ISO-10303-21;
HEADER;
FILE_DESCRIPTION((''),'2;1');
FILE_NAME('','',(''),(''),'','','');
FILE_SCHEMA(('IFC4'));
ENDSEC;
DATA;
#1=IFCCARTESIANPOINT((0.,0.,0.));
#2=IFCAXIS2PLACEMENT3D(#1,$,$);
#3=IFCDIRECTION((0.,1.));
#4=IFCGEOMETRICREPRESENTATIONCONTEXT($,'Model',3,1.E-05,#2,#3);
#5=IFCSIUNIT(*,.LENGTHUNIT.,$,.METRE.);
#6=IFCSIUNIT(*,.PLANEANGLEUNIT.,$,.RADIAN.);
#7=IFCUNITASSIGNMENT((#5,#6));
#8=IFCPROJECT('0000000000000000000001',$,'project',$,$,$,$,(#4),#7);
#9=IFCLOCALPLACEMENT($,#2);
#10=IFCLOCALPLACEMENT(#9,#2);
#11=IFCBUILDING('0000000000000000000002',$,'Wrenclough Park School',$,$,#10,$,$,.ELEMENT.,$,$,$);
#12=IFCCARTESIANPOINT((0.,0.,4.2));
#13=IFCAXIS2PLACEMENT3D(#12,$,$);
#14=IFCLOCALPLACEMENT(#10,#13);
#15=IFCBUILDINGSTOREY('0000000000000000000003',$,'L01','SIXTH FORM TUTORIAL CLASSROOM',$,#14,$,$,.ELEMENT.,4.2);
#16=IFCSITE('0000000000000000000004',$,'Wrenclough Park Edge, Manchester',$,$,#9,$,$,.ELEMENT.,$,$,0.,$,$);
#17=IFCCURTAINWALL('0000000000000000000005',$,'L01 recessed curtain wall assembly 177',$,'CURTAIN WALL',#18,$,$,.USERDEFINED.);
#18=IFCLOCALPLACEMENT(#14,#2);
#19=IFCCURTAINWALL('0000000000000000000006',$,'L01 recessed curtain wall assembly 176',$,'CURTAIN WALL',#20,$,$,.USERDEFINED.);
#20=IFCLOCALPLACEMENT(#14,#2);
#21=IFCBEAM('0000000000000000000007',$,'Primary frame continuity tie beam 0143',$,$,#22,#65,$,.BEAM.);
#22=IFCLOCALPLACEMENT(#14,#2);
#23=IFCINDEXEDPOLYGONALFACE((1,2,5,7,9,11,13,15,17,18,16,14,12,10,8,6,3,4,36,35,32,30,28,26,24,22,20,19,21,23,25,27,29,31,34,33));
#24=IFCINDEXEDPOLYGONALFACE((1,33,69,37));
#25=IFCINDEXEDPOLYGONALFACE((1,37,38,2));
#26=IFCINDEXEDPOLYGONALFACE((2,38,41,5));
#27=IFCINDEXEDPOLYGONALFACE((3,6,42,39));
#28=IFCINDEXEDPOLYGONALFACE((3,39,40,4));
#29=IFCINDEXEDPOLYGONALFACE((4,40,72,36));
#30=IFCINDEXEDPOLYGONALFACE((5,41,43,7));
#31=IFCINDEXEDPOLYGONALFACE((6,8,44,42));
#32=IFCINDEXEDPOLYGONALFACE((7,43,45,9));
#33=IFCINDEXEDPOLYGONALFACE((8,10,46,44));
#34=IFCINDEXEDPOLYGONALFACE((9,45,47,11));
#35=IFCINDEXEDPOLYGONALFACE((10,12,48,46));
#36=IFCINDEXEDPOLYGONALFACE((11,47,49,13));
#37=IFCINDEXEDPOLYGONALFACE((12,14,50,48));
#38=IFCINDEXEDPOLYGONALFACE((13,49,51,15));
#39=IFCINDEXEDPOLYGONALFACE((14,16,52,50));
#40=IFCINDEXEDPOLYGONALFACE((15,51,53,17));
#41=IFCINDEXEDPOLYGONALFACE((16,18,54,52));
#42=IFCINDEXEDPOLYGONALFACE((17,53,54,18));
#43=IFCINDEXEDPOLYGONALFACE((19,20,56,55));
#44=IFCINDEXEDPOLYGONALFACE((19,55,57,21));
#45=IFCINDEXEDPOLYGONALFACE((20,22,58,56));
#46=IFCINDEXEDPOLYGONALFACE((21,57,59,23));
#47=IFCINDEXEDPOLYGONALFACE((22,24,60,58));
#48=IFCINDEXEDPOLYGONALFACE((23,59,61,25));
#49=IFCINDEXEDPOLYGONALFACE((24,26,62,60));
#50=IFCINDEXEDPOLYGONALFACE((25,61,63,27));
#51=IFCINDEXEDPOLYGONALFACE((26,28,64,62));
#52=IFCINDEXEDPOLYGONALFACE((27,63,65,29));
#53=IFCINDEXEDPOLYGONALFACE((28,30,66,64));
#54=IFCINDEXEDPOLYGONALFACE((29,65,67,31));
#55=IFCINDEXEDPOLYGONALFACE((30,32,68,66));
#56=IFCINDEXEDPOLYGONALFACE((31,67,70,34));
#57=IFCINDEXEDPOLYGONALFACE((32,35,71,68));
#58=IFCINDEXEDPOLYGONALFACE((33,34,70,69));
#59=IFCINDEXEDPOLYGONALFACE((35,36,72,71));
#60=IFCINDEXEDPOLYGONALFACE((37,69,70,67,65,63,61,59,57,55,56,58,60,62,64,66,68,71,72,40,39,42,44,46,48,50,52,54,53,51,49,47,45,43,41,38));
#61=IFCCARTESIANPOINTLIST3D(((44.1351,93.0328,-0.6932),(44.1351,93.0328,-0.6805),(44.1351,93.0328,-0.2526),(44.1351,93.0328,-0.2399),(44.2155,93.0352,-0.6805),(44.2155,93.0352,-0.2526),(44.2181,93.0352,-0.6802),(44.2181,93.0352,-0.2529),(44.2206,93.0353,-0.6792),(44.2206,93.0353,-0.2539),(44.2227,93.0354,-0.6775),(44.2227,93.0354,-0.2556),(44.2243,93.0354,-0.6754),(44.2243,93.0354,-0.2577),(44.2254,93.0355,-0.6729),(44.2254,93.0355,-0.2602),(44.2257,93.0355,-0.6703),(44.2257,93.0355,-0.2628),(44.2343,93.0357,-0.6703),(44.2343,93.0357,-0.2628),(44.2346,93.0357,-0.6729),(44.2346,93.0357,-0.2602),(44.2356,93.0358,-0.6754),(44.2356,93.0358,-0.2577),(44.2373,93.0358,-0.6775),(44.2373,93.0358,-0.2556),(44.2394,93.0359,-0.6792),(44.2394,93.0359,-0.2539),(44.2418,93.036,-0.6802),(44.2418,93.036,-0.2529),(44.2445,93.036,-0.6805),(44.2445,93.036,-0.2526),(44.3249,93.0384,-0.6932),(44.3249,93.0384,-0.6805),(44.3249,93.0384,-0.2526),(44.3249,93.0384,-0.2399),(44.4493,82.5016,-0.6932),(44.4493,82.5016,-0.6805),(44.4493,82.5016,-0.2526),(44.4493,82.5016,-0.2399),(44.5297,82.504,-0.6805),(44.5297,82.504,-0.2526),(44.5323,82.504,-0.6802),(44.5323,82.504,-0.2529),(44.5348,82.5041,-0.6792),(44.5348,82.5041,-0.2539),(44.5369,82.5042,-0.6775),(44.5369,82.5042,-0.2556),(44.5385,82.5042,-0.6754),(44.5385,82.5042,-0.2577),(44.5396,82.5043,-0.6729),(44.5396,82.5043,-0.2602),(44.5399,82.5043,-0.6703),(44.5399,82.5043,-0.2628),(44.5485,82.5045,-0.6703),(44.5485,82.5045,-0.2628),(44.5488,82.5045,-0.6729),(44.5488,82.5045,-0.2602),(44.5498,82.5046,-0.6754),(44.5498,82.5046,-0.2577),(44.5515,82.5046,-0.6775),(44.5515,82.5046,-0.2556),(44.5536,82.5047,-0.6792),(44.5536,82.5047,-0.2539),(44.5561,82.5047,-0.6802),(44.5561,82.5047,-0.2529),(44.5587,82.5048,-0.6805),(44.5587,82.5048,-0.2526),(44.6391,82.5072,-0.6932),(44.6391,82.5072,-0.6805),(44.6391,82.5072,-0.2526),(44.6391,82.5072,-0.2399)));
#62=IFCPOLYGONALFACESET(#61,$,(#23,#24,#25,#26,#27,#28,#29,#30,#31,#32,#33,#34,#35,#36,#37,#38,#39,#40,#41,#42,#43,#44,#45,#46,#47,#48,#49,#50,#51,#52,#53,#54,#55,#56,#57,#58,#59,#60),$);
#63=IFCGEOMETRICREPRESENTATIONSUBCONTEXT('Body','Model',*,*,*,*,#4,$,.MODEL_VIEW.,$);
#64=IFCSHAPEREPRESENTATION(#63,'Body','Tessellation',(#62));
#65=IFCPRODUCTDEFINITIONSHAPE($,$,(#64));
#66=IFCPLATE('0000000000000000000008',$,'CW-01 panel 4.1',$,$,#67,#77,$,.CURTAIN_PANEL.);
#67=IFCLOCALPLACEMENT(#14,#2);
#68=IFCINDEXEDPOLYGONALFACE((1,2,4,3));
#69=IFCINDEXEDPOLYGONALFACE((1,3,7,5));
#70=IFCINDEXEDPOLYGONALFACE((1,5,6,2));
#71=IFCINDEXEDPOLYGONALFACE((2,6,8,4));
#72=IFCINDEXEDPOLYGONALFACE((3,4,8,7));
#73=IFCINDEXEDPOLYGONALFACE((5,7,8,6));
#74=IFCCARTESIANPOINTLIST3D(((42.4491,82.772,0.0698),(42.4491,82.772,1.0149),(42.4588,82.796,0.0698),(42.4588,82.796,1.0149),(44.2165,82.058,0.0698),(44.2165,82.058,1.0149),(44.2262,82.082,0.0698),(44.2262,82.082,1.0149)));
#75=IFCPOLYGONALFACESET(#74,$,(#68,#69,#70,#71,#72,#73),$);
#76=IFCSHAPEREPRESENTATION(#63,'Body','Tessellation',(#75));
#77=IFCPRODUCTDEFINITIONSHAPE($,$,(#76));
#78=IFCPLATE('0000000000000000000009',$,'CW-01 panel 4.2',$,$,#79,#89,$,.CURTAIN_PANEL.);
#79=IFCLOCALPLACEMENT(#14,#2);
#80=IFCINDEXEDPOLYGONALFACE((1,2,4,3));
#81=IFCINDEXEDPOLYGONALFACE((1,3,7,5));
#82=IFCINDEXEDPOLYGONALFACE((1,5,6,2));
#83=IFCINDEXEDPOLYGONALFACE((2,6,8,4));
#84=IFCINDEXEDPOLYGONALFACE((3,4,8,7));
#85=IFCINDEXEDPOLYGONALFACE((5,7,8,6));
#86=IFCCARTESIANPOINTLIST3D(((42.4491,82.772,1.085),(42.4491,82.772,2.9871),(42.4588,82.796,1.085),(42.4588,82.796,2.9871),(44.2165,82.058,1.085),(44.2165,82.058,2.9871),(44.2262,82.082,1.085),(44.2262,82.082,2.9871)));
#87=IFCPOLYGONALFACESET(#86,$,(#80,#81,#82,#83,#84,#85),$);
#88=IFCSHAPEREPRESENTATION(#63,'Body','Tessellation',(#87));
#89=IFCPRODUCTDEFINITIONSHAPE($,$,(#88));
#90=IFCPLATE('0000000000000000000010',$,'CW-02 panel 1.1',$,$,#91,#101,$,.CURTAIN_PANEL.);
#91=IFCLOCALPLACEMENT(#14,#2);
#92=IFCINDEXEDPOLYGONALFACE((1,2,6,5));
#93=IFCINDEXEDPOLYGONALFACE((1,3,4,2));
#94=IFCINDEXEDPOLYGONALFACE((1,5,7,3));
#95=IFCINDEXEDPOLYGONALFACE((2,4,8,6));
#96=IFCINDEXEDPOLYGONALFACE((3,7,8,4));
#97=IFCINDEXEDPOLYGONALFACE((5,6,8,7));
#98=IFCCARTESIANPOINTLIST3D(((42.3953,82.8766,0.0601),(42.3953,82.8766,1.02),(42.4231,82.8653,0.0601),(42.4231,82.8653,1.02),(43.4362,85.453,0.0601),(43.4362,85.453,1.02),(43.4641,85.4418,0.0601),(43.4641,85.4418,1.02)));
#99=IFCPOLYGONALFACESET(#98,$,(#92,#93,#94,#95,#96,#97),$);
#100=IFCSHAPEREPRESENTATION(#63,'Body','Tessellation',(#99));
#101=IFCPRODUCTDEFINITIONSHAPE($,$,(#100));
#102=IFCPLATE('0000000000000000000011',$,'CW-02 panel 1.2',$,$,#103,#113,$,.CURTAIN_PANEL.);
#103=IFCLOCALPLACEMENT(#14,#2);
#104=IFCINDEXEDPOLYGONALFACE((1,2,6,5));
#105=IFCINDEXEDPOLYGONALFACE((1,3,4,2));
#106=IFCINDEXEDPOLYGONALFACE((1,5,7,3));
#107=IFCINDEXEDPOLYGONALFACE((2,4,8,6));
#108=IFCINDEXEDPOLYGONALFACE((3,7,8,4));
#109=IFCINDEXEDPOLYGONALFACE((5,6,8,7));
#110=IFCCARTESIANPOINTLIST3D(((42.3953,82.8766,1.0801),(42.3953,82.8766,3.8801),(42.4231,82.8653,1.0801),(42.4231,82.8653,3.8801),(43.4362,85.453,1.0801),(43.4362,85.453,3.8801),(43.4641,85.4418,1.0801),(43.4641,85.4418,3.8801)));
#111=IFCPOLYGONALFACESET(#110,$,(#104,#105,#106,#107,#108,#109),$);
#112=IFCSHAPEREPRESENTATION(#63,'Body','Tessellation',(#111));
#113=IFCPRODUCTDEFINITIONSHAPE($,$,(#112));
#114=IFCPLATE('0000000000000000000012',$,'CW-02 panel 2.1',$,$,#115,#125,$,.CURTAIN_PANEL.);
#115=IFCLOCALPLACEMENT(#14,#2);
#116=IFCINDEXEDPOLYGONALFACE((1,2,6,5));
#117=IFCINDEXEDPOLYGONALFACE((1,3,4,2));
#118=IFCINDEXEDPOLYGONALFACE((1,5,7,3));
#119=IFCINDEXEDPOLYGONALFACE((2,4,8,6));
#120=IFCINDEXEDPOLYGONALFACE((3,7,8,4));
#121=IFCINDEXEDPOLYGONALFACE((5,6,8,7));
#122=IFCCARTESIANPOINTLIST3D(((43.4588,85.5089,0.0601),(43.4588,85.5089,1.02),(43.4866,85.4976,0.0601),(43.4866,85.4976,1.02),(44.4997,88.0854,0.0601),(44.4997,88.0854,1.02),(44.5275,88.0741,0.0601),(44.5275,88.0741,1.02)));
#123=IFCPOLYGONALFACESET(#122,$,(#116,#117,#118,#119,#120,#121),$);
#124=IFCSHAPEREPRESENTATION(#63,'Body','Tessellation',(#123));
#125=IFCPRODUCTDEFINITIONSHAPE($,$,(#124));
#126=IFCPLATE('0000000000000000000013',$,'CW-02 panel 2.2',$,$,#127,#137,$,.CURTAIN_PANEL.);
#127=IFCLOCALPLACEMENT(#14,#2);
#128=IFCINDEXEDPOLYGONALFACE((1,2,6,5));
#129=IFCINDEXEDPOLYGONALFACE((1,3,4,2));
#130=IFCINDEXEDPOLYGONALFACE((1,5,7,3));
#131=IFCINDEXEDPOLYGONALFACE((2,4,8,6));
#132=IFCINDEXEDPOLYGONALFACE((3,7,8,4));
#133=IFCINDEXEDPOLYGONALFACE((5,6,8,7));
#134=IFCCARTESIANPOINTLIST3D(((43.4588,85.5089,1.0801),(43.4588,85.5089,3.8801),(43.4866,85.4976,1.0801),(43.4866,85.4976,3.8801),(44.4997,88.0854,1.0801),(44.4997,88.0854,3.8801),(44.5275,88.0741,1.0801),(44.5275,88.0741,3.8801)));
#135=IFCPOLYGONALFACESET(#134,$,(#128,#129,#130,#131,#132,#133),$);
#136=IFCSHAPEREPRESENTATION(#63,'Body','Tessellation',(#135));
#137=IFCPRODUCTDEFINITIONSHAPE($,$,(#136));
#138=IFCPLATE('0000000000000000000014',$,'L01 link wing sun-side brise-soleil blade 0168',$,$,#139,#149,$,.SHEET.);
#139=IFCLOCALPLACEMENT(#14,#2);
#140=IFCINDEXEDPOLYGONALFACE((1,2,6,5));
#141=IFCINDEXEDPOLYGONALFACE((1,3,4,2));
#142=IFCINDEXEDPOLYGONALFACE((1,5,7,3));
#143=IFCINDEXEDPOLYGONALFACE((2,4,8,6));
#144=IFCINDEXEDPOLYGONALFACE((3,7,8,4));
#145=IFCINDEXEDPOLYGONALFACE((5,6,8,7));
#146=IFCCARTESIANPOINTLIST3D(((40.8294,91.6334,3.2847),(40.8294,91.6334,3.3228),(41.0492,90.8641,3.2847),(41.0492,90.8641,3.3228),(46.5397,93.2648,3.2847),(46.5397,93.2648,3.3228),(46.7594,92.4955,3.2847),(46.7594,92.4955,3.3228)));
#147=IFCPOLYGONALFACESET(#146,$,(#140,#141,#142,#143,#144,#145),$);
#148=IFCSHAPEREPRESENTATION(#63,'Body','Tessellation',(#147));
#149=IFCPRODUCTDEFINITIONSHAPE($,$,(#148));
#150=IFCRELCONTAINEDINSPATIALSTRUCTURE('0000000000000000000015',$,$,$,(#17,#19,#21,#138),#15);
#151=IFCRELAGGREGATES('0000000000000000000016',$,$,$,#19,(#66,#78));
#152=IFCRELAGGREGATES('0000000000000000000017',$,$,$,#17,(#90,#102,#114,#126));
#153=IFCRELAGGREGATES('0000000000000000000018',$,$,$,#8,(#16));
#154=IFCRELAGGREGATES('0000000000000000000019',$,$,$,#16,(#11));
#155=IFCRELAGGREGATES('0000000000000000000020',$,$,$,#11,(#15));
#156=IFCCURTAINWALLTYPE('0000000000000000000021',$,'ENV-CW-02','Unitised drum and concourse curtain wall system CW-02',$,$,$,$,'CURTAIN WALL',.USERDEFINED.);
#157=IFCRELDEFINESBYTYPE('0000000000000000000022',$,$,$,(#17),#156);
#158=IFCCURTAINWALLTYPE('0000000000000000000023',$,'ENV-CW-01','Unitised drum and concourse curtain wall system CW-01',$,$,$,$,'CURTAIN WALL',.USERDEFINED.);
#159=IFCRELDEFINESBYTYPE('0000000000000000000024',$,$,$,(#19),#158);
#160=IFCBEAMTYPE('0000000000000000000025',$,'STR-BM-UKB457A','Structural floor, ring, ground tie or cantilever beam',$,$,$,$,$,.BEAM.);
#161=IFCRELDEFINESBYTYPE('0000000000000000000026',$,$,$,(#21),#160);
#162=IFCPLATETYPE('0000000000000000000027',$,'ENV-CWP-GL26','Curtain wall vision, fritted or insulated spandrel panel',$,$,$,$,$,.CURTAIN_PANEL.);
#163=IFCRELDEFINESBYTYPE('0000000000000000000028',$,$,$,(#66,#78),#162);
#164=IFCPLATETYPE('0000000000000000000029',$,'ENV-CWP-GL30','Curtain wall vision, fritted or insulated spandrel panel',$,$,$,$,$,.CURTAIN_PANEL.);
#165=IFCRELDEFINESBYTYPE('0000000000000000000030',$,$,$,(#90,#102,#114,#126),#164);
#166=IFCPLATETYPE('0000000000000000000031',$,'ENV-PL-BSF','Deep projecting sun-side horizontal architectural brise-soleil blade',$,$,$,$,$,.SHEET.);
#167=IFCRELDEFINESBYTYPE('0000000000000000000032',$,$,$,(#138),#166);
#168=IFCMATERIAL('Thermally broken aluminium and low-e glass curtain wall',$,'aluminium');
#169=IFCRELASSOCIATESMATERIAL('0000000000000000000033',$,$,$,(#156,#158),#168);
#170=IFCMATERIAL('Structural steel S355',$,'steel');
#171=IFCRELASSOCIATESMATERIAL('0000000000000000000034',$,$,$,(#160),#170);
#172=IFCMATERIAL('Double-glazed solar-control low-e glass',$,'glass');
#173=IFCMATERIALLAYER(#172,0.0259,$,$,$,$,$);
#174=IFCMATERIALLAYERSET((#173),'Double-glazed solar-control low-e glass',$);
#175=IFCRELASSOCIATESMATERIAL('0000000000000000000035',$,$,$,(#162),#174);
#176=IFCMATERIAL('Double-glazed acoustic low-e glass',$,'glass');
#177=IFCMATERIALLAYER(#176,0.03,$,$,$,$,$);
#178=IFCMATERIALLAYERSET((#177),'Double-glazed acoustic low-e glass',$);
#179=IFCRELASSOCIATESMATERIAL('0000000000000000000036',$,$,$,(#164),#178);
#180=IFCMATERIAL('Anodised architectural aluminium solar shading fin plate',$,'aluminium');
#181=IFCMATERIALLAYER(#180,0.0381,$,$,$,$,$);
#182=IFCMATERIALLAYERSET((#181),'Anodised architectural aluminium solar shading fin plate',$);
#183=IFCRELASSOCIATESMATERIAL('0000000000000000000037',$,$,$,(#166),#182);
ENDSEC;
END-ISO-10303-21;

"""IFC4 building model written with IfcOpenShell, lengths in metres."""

from ifc_helpers import new_model, si_unit, direction, frame, origin, origin_2d, place, context, subcontext, project, spatial, rectangle, i_section, extrude, material, layer, layer_set, material_profile, profile_set, type_object, element, aggregate, save


model = new_model("IFC4")

# Units and contexts
model_context = context("Model", 3, precision=1e-05, world=origin(), true_north=direction((0.0, 1.0)))
body_context = subcontext(model_context, "Body", "Model", "MODEL_VIEW")
ifc_project = project(units=[si_unit("LENGTHUNIT", "METRE"), si_unit("PLANEANGLEUNIT", "RADIAN")], contexts=[model_context])

# Site, building, storey
site_placement = place(None, origin())
site = spatial("IfcSite", under=ifc_project, at=site_placement, Name="Wrenclough Park Edge, Manchester", CompositionType="ELEMENT", RefElevation=0.0)
building_placement = place(site_placement, origin())
building = spatial("IfcBuilding", under=site, at=building_placement, Name="Wrenclough Park School", CompositionType="ELEMENT")
storey_placement = place(building_placement, frame((0.0, 0.0, 4.2)))
storey = spatial("IfcBuildingStorey", under=building, at=storey_placement, Name="L01", Description="SIXTH FORM TUTORIAL CLASSROOM", CompositionType="ELEMENT", Elevation=4.2)

# Shared definitions
ifc_material_1 = material(Name="Structural steel S355", Category="steel")

# Curtain wall
ifc_material_2 = material(Name="Thermally broken aluminium and low-e glass curtain wall", Category="aluminium")
curtain_wall_type_1 = type_object("IfcCurtainWallType", Name="ENV-CW-02", Description="Unitised drum and concourse curtain wall system CW-02", ElementType="CURTAIN WALL", PredefinedType="USERDEFINED", material=ifc_material_2)
curtain_wall_1_placement = place(storey_placement, origin())
curtain_wall_1 = element("IfcCurtainWall", 1, at=curtain_wall_1_placement, inside=storey, type_object=curtain_wall_type_1, Name="L01 recessed curtain wall assembly 177", ObjectType="CURTAIN WALL", PredefinedType="USERDEFINED")

# Curtain wall
curtain_wall_type_2 = type_object("IfcCurtainWallType", Name="ENV-CW-01", Description="Unitised drum and concourse curtain wall system CW-01", ElementType="CURTAIN WALL", PredefinedType="USERDEFINED", material=ifc_material_2)
curtain_wall_2_placement = place(storey_placement, origin())
curtain_wall_2 = element("IfcCurtainWall", 2, at=curtain_wall_2_placement, inside=storey, type_object=curtain_wall_type_2, Name="L01 recessed curtain wall assembly 176", ObjectType="CURTAIN WALL", PredefinedType="USERDEFINED")

# Beam
ifc_material_profile_1 = material_profile(ifc_material_1, i_section(OverallWidth=0.1899, OverallDepth=0.4534, WebThickness=0.0085, FlangeThickness=0.0127, FilletRadius=0.0103, at=origin_2d()), Name="UKB 457x191x67")
ifc_profile_set_1 = profile_set([ifc_material_profile_1], Name="Structural steel S355")
beam_type = type_object("IfcBeamType", Name="STR-BM-UKB457A", Description="Structural floor, ring, ground tie or cantilever beam", PredefinedType="BEAM", material=ifc_profile_set_1)
beam_1_placement = place(storey_placement, frame((44.5442, 82.5044, -0.4666), z_axis=(-0.029823, 0.999555, 0.0), x_axis=(-0.999555, -0.029823, 0.0)))
element("IfcBeam", 3, at=beam_1_placement, inside=storey, type_object=beam_type, Name="Primary frame continuity tie beam 0143", PredefinedType="BEAM", context=body_context, shape_type="SweptSolid", body=[
    extrude(i_section(OverallWidth=0.1899, OverallDepth=0.4534, WebThickness=0.0085, FlangeThickness=0.0127, FilletRadius=0.0103, at=origin_2d()), origin(), (0.0, 0.0, 1.0), 10.5359),
])

# Plates
ifc_material_3 = material(Name="Double-glazed solar-control low-e glass", Category="glass")
ifc_layer_1 = layer(ifc_material_3, 0.0259)
ifc_layer_set_1 = layer_set([ifc_layer_1], Name="Double-glazed solar-control low-e glass")
plate_type_1 = type_object("IfcPlateType", Name="ENV-CWP-GL26", Description="Curtain wall vision, fritted or insulated spandrel panel", PredefinedType="CURTAIN_PANEL", material=ifc_layer_set_1)
plate_1_placement = place(storey_placement, frame((43.3376, 82.427, 0.0698), z_axis=(0.0, 0.0, 1.0), x_axis=(-0.927185, 0.374603, 0.0)))
plate_1 = element("IfcPlate", 4, at=plate_1_placement, type_object=plate_type_1, Name="CW-01 panel 4.1", PredefinedType="CURTAIN_PANEL", context=body_context, shape_type="SweptSolid", body=[
    extrude(rectangle(XDim=1.9062, YDim=0.0259, at=origin_2d()), origin(), (0.0, 0.0, 1.0), 0.9451),
])
plate_2_placement = place(storey_placement, frame((43.3376, 82.427, 1.085), z_axis=(0.0, 0.0, 1.0), x_axis=(-0.927185, 0.374603, 0.0)))
plate_2 = element("IfcPlate", 5, at=plate_2_placement, type_object=plate_type_1, Name="CW-01 panel 4.2", PredefinedType="CURTAIN_PANEL", context=body_context, shape_type="SweptSolid", body=[
    extrude(rectangle(XDim=1.9062, YDim=0.0259, at=origin_2d()), origin(), (0.0, 0.0, 1.0), 1.9021),
])
aggregate(curtain_wall_2, [plate_1, plate_2])
ifc_material_4 = material(Name="Double-glazed acoustic low-e glass", Category="glass")
ifc_layer_2 = layer(ifc_material_4, 0.03)
ifc_layer_set_2 = layer_set([ifc_layer_2], Name="Double-glazed acoustic low-e glass")
plate_type_2 = type_object("IfcPlateType", Name="ENV-CWP-GL30", Description="Curtain wall vision, fritted or insulated spandrel panel", PredefinedType="CURTAIN_PANEL", material=ifc_layer_set_2)
plate_3_placement = place(storey_placement, frame((42.9297, 84.1592, 0.0601), z_axis=(0.0, 0.0, 1.0), x_axis=(0.374595, 0.927189, 0.0)))
plate_3 = element("IfcPlate", 6, at=plate_3_placement, type_object=plate_type_2, Name="CW-02 panel 1.1", PredefinedType="CURTAIN_PANEL", context=body_context, shape_type="SweptSolid", body=[
    extrude(rectangle(XDim=2.7788, YDim=0.03, at=origin_2d()), origin(), (0.0, 0.0, 1.0), 0.96),
])
plate_4_placement = place(storey_placement, frame((42.9297, 84.1592, 1.0801), z_axis=(0.0, 0.0, 1.0), x_axis=(0.374595, 0.927189, 0.0)))
plate_4 = element("IfcPlate", 7, at=plate_4_placement, type_object=plate_type_2, Name="CW-02 panel 1.2", PredefinedType="CURTAIN_PANEL", context=body_context, shape_type="SweptSolid", body=[
    extrude(rectangle(XDim=2.7788, YDim=0.03, at=origin_2d()), origin(), (0.0, 0.0, 1.0), 2.8),
])
plate_5_placement = place(storey_placement, frame((43.9932, 86.7915, 0.0601), z_axis=(0.0, 0.0, 1.0), x_axis=(0.374595, 0.927189, 0.0)))
plate_5 = element("IfcPlate", 8, at=plate_5_placement, type_object=plate_type_2, Name="CW-02 panel 2.1", PredefinedType="CURTAIN_PANEL", context=body_context, shape_type="SweptSolid", body=[
    extrude(rectangle(XDim=2.7788, YDim=0.03, at=origin_2d()), origin(), (0.0, 0.0, 1.0), 0.96),
])
plate_6_placement = place(storey_placement, frame((43.9932, 86.7915, 1.0801), z_axis=(0.0, 0.0, 1.0), x_axis=(0.374595, 0.927189, 0.0)))
plate_6 = element("IfcPlate", 9, at=plate_6_placement, type_object=plate_type_2, Name="CW-02 panel 2.2", PredefinedType="CURTAIN_PANEL", context=body_context, shape_type="SweptSolid", body=[
    extrude(rectangle(XDim=2.7788, YDim=0.03, at=origin_2d()), origin(), (0.0, 0.0, 1.0), 2.8),
])
aggregate(curtain_wall_1, [plate_3, plate_4, plate_5, plate_6])
ifc_material_5 = material(Name="Anodised architectural aluminium solar shading fin plate", Category="aluminium")
ifc_layer_3 = layer(ifc_material_5, 0.0381)
ifc_layer_set_3 = layer_set([ifc_layer_3], Name="Anodised architectural aluminium solar shading fin plate")
plate_type_3 = type_object("IfcPlateType", Name="ENV-PL-BSF", Description="Deep projecting sun-side horizontal architectural brise-soleil blade", PredefinedType="SHEET", material=ifc_layer_set_3)
plate_7_placement = place(storey_placement, frame((43.7944, 92.0645, 3.2847), z_axis=(0.0, 0.0, 1.0), x_axis=(-0.961526, -0.274715, 0.0)))
element("IfcPlate", 10, at=plate_7_placement, inside=storey, type_object=plate_type_3, Name="L01 link wing sun-side brise-soleil blade 0168", PredefinedType="SHEET", context=body_context, shape_type="SweptSolid", body=[
    extrude(rectangle(XDim=5.9387, YDim=0.8, at=origin_2d()), origin(), (0.0, 0.0, 1.0), 0.0381),
])

save(model, "model.ifc")
